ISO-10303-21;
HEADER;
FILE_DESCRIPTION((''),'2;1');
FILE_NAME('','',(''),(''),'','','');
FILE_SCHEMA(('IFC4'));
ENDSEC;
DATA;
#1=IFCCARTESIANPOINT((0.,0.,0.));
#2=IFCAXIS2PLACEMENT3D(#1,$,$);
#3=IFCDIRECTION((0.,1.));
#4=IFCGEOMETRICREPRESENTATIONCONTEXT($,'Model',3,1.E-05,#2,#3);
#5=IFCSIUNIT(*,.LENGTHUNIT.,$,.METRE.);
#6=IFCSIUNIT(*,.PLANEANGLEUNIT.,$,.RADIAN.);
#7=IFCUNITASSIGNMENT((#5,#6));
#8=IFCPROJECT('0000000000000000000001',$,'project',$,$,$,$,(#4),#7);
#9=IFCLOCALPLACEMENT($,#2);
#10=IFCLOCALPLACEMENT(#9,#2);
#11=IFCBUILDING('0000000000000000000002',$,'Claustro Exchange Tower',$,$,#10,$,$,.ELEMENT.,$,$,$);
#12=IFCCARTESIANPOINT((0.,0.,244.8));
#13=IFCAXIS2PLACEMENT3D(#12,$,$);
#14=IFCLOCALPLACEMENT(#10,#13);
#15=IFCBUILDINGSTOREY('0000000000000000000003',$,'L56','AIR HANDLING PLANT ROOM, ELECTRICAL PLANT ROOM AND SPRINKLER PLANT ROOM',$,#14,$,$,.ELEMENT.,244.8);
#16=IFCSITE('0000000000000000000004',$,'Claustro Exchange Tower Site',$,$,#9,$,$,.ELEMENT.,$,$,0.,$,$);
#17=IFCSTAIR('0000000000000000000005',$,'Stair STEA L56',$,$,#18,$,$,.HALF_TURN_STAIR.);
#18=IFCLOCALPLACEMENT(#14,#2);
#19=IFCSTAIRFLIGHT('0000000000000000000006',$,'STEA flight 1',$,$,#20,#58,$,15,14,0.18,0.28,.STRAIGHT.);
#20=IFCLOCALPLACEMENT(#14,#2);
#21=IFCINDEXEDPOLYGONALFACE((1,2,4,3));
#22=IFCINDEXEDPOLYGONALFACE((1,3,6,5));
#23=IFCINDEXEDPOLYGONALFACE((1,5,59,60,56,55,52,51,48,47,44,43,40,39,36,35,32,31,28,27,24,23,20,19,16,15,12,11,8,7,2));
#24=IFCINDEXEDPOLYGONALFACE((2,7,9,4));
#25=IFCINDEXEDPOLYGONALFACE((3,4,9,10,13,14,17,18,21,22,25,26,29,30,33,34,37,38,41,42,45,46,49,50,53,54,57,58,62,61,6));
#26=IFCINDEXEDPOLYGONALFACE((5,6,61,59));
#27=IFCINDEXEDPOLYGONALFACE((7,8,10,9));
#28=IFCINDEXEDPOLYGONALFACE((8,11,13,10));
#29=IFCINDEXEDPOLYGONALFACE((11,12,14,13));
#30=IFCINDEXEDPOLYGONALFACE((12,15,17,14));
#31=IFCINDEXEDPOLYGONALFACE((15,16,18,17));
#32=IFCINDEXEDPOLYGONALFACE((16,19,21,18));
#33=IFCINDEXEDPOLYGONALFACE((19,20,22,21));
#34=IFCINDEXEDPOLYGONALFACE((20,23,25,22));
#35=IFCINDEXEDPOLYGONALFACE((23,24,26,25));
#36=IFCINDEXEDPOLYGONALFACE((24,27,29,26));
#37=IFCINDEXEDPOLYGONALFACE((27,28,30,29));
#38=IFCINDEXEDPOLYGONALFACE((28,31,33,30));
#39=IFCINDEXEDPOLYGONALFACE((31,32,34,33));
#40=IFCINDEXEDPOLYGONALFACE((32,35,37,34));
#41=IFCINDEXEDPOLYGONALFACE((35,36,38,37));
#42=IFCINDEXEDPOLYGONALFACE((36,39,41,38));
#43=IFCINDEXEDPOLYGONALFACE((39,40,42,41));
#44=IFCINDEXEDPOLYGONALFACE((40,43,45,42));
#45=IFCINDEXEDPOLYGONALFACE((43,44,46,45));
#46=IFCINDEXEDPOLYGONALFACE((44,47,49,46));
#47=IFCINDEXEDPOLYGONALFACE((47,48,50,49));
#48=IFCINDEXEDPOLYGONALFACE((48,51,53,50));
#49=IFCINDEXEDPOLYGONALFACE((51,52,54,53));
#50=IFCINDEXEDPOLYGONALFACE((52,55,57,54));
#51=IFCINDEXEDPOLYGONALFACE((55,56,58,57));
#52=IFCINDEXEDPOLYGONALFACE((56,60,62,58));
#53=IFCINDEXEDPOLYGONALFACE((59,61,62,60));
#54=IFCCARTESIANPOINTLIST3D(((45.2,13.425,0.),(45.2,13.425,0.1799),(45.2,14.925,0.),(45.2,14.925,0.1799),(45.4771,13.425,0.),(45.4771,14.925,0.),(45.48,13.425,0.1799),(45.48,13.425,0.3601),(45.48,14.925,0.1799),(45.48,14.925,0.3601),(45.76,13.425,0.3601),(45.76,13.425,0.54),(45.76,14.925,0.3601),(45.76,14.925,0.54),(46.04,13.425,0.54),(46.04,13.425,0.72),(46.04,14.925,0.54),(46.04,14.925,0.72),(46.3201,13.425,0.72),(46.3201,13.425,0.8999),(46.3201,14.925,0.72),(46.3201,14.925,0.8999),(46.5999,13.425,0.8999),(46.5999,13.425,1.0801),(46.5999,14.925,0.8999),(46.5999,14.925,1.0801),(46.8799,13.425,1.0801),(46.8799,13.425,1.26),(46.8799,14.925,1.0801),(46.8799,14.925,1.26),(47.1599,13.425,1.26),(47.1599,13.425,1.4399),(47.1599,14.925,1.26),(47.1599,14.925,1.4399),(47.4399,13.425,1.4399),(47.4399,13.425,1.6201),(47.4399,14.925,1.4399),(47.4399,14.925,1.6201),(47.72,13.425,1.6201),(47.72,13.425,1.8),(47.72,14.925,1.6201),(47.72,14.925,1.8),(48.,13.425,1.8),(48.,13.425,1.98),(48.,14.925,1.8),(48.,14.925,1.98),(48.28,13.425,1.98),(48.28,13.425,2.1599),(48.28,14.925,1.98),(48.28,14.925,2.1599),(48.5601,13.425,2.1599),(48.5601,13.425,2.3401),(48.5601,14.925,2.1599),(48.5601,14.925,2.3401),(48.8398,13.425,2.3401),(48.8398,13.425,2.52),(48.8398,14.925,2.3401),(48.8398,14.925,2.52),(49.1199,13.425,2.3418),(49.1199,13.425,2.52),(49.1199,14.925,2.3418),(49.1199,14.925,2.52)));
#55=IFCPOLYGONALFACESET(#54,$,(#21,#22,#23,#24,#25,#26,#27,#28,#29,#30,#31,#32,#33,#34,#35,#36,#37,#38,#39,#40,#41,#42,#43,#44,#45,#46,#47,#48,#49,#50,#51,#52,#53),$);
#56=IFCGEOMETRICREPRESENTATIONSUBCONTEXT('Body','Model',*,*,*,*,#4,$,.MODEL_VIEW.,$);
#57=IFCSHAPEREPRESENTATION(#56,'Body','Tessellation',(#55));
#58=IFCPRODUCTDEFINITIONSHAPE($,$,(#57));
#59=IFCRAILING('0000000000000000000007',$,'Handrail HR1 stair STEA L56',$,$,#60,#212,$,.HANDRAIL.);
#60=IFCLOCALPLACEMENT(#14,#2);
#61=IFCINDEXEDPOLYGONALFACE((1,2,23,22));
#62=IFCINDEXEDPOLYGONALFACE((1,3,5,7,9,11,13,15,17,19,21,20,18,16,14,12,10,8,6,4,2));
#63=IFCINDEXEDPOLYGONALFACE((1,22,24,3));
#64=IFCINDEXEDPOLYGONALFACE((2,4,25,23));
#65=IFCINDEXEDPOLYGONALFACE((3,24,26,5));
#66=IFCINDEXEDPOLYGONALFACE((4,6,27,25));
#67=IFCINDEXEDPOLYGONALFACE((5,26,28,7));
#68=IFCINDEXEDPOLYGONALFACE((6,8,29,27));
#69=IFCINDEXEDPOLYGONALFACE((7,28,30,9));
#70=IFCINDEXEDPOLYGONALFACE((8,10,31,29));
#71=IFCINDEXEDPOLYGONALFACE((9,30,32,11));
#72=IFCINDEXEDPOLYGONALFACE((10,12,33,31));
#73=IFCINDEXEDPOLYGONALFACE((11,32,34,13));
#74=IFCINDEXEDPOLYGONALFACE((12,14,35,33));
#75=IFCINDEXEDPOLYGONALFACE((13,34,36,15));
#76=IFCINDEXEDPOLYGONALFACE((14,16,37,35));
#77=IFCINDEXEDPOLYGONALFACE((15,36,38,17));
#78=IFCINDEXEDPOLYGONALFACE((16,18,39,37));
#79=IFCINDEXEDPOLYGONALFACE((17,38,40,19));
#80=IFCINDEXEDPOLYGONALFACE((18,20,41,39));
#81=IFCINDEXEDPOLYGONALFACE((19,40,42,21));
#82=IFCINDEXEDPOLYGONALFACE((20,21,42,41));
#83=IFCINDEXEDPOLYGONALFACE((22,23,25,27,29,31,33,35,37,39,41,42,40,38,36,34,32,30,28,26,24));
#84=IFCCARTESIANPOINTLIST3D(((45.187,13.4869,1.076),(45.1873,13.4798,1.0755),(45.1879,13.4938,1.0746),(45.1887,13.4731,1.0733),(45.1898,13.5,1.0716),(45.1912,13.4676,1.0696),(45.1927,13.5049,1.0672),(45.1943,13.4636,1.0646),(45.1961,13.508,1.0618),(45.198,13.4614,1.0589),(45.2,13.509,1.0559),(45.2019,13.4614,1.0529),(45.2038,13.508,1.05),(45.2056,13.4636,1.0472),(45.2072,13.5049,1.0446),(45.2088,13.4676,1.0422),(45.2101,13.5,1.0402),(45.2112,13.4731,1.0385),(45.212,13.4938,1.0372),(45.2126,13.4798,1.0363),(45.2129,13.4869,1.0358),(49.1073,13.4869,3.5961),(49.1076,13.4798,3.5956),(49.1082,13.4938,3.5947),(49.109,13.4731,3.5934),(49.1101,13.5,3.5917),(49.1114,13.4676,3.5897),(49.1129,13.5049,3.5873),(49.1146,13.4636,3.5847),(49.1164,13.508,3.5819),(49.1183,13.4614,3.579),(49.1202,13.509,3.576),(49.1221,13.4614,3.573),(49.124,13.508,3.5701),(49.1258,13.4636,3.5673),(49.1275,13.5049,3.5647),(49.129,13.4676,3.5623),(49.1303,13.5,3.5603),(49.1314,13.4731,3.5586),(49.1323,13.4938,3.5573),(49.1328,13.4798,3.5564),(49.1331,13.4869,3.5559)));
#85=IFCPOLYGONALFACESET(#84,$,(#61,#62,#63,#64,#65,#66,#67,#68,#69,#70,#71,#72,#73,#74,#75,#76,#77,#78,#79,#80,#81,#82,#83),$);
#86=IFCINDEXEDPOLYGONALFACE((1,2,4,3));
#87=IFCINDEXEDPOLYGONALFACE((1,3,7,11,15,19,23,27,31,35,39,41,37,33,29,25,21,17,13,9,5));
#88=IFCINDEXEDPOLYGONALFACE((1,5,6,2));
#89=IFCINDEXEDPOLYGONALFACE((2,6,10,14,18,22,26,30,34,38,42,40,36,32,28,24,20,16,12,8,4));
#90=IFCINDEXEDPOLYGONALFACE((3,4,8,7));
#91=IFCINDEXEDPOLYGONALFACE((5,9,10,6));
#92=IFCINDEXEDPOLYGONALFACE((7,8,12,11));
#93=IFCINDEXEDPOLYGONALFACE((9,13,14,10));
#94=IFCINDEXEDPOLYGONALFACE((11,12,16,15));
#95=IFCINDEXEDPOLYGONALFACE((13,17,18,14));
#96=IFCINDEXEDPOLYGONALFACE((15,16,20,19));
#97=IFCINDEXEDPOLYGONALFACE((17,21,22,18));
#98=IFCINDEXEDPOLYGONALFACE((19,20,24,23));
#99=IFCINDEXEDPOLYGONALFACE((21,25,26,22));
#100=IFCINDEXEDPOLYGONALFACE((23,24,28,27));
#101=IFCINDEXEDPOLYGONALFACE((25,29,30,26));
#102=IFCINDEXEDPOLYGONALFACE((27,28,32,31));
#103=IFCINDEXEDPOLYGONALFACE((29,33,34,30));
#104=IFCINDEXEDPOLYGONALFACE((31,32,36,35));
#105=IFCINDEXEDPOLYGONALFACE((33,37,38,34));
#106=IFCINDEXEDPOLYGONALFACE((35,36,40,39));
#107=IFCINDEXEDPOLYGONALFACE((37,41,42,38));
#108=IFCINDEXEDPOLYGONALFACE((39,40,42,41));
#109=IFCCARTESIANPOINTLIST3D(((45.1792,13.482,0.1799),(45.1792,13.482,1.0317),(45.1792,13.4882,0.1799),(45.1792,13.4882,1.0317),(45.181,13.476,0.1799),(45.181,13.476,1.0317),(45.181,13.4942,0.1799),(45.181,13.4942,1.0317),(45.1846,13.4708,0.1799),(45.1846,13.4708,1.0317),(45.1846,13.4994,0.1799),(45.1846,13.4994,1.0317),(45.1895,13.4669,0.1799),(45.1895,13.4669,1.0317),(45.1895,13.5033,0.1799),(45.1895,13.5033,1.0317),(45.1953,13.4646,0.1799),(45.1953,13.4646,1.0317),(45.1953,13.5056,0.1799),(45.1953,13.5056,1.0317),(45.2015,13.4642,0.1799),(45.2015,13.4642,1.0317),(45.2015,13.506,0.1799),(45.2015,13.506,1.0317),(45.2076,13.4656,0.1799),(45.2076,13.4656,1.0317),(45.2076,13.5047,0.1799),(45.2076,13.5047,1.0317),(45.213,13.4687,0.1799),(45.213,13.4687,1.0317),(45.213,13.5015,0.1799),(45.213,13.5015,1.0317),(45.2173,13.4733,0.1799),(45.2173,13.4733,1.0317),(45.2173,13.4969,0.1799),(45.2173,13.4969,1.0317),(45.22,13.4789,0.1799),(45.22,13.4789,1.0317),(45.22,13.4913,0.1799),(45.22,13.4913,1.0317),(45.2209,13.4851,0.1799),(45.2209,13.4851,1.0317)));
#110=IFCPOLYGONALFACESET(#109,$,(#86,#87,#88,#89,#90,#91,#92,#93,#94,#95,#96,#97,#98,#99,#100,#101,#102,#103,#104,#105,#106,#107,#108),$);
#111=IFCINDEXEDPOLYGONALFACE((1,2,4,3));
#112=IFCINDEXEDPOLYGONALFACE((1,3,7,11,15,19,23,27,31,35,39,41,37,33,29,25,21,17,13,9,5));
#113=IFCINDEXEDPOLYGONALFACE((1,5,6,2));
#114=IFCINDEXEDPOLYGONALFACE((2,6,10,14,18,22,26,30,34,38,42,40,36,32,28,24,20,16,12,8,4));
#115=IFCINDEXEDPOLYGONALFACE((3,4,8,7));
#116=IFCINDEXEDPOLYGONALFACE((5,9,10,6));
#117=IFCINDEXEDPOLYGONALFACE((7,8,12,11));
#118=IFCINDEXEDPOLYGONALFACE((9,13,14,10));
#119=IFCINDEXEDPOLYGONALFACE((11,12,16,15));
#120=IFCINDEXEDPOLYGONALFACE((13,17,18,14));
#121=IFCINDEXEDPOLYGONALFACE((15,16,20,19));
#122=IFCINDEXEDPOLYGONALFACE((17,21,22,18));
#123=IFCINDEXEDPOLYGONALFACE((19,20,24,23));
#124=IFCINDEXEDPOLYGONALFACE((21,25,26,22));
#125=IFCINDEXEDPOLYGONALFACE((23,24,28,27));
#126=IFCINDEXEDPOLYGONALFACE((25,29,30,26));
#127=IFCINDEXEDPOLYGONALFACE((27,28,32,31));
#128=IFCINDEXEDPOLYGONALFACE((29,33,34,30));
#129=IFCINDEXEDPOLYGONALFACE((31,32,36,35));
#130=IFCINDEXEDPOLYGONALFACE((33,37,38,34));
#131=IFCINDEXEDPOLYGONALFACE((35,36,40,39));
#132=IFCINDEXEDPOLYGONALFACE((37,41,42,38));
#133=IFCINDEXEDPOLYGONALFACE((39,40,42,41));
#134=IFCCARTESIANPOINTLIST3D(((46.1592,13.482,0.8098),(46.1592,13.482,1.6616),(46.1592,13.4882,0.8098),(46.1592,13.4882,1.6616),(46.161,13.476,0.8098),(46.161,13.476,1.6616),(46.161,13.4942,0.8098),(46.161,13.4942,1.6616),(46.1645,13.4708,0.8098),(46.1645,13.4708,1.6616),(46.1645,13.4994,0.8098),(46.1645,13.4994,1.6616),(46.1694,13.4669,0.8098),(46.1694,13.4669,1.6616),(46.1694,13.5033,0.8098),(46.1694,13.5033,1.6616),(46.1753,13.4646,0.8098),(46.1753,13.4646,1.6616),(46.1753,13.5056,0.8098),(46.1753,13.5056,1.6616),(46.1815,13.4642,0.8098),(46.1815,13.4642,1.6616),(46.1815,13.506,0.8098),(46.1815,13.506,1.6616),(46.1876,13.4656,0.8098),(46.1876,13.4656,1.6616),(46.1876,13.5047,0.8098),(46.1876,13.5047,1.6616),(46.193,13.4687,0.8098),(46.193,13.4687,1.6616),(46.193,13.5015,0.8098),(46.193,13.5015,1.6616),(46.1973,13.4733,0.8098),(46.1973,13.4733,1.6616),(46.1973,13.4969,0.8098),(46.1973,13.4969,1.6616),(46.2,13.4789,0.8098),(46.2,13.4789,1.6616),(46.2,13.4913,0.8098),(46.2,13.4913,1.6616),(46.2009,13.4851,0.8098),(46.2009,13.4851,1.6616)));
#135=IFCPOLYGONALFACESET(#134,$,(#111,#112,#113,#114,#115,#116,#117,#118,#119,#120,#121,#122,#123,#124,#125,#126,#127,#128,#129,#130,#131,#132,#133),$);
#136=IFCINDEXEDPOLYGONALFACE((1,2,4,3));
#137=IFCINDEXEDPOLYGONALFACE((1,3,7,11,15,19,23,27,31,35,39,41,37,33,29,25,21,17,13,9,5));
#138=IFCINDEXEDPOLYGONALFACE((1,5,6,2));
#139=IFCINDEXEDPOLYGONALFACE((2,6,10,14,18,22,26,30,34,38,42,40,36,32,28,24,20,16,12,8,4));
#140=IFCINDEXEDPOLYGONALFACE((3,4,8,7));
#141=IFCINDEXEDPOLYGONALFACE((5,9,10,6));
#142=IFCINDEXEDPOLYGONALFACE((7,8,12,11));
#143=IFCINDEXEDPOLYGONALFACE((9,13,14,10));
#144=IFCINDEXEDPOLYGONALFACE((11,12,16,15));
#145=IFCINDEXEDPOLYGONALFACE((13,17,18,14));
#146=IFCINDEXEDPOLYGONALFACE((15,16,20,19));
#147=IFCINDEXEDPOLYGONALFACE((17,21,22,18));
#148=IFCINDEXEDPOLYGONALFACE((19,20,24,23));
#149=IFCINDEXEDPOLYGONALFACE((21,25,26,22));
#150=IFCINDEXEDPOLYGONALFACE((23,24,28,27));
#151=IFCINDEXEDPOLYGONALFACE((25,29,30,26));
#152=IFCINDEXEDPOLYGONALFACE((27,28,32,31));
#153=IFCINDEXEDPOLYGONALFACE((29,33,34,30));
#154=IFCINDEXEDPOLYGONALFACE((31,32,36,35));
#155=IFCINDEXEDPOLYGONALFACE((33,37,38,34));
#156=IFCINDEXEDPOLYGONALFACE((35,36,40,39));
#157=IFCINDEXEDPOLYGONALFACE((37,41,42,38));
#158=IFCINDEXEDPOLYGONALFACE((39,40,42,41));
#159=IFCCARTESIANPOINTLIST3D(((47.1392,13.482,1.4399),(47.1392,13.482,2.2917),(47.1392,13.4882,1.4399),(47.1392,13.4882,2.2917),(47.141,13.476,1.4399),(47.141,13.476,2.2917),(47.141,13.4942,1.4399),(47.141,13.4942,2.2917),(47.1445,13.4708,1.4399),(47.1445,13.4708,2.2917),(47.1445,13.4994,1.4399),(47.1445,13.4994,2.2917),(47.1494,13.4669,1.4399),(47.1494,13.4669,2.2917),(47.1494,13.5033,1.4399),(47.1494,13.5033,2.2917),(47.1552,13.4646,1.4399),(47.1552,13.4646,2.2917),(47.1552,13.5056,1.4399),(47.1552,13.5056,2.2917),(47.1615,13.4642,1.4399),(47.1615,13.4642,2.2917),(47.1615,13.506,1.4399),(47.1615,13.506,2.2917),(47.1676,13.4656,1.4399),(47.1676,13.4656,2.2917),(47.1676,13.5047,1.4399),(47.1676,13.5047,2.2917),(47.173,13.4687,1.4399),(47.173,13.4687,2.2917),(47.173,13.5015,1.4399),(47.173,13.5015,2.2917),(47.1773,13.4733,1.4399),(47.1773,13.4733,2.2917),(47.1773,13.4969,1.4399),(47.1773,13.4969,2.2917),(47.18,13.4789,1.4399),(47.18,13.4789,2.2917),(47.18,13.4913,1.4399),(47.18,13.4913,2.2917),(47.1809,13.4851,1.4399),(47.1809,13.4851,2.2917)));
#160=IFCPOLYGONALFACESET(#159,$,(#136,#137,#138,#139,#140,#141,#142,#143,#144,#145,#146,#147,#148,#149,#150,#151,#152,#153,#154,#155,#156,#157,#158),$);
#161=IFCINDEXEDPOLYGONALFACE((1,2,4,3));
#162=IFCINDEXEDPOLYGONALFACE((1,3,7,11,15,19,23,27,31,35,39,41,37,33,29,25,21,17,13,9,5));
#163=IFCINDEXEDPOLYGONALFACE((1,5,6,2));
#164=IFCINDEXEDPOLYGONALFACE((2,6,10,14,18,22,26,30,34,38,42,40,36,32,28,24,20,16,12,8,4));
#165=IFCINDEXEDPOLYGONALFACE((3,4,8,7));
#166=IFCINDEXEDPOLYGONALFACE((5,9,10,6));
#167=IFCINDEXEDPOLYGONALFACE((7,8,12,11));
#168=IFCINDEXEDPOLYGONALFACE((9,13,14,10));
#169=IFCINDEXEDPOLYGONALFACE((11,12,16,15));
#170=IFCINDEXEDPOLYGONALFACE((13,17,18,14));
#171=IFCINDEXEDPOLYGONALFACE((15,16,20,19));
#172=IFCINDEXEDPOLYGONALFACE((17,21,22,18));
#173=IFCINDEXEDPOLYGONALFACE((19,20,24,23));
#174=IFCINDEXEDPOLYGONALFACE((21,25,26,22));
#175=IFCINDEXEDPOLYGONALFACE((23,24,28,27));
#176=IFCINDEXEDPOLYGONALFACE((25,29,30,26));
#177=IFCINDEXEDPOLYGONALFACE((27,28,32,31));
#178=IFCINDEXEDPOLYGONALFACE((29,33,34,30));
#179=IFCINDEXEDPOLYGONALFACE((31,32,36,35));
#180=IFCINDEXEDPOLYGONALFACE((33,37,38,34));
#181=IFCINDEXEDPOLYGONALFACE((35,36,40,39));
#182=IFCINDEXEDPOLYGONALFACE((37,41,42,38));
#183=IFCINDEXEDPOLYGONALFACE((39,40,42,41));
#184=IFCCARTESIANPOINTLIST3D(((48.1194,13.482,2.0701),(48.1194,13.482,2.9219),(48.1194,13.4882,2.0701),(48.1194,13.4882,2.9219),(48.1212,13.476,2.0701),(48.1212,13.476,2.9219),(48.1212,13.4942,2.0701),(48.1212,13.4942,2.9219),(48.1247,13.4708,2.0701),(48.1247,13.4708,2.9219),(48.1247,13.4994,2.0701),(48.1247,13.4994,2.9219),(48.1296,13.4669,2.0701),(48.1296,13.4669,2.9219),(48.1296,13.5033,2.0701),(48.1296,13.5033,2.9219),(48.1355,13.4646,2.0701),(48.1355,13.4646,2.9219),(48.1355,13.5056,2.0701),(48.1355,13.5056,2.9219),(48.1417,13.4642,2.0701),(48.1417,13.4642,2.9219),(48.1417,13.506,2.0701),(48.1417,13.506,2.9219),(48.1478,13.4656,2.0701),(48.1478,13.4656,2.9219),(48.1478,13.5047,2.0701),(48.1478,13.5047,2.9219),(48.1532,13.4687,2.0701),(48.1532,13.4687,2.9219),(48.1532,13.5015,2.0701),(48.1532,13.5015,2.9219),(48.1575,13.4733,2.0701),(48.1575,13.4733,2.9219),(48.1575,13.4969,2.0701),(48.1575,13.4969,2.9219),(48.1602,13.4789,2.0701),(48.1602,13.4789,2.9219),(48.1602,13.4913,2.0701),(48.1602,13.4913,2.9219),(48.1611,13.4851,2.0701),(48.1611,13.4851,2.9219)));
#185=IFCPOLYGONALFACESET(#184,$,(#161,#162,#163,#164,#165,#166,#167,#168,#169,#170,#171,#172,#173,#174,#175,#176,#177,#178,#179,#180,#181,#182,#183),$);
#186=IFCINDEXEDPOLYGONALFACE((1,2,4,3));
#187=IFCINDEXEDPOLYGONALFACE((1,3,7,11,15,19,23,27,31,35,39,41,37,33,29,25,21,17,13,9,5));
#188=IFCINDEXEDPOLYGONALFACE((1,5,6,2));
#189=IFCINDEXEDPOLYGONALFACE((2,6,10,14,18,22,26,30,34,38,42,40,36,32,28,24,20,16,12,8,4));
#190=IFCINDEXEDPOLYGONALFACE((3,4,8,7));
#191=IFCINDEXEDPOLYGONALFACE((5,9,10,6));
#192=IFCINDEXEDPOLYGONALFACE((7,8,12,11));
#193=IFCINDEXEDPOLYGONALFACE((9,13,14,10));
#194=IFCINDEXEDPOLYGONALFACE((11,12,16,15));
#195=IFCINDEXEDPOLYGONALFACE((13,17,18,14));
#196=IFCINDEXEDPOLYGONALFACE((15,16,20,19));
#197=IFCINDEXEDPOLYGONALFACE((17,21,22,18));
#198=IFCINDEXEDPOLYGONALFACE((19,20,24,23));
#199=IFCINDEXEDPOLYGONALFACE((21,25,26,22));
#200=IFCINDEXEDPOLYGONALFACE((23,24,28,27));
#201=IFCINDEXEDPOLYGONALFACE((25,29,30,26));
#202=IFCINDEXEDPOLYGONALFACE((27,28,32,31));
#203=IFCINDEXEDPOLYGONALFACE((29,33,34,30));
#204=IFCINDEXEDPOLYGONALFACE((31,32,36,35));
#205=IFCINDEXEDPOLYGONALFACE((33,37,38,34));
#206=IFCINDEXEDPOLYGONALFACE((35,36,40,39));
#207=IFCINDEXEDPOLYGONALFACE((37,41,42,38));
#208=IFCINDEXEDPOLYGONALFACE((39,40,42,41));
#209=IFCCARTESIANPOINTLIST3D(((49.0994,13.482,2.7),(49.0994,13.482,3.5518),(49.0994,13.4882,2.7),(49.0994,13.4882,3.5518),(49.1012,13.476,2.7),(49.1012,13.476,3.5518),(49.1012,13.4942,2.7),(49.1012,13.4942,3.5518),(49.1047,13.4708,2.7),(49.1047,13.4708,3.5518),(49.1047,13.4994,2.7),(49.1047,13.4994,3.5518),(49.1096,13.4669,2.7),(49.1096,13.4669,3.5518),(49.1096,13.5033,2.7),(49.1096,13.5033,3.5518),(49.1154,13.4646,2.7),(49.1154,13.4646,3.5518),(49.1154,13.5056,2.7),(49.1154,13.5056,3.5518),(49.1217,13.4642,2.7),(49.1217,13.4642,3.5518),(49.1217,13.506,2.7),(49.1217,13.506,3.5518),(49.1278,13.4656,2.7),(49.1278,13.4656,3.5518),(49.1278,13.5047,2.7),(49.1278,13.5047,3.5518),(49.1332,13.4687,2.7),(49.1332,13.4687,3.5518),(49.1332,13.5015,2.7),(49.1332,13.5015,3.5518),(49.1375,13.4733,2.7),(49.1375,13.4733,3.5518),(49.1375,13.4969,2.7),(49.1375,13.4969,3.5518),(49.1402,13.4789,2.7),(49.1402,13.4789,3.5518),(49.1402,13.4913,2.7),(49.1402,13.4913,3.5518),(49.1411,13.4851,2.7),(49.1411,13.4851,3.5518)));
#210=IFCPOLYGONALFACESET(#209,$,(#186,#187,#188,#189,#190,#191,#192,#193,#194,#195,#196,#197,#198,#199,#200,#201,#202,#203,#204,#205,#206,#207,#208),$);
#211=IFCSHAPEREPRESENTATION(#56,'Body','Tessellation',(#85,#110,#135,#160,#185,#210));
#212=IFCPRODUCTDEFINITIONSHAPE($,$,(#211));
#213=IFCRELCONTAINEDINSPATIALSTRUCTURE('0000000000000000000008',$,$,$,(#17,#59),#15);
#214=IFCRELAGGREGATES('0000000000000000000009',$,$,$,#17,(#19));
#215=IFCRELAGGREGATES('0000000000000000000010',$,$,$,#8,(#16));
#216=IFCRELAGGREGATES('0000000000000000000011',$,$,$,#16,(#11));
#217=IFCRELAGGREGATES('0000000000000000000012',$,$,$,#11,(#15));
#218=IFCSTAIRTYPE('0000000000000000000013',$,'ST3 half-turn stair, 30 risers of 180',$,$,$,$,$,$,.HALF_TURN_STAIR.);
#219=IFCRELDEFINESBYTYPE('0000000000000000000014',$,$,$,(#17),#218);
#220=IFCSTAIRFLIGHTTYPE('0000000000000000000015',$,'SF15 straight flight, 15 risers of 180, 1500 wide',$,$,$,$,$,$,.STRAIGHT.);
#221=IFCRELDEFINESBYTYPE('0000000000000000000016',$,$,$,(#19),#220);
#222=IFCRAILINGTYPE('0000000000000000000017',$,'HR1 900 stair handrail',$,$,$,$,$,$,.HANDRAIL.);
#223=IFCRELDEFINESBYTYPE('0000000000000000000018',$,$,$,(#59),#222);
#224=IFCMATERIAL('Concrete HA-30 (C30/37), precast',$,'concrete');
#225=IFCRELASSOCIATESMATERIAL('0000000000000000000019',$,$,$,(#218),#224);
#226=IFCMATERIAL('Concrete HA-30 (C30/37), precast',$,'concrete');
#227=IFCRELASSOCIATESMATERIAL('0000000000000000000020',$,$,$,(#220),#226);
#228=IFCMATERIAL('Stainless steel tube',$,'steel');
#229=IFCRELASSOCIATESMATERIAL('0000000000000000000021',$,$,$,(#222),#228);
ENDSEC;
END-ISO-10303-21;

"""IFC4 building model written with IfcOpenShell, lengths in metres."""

from ifc_helpers import new_model, si_unit, direction, frame, origin, origin_2d, place, context, subcontext, project, spatial, polyline, circle, outline, extrude, material, type_object, element, aggregate, save


model = new_model("IFC4")

# Units and contexts
model_context = context("Model", 3, precision=1e-05, world=origin(), true_north=direction((0.0, 1.0)))
body_context = subcontext(model_context, "Body", "Model", "MODEL_VIEW")
ifc_project = project(units=[si_unit("LENGTHUNIT", "METRE"), si_unit("PLANEANGLEUNIT", "RADIAN")], contexts=[model_context])

# Site, building, storey
site_placement = place(None, origin())
site = spatial("IfcSite", under=ifc_project, at=site_placement, Name="Claustro Exchange Tower Site", CompositionType="ELEMENT", RefElevation=0.0)
building_placement = place(site_placement, origin())
building = spatial("IfcBuilding", under=site, at=building_placement, Name="Claustro Exchange Tower", CompositionType="ELEMENT")
storey_placement = place(building_placement, frame((0.0, 0.0, 244.8)))
storey = spatial("IfcBuildingStorey", under=building, at=storey_placement, Name="L56", Description="AIR HANDLING PLANT ROOM, ELECTRICAL PLANT ROOM AND SPRINKLER PLANT ROOM", CompositionType="ELEMENT", Elevation=244.8)

# Stair, stair flight
ifc_material_1 = material(Name="Concrete HA-30 (C30/37), precast", Category="concrete")
stair_type = type_object("IfcStairType", Name="ST3 half-turn stair, 30 risers of 180", PredefinedType="HALF_TURN_STAIR", material=ifc_material_1)
stair_placement = place(storey_placement, origin())
stair = element("IfcStair", 1, at=stair_placement, inside=storey, type_object=stair_type, Name="Stair STEA L56", PredefinedType="HALF_TURN_STAIR")
ifc_material_2 = material(Name="Concrete HA-30 (C30/37), precast", Category="concrete")
stair_flight_type = type_object("IfcStairFlightType", Name="SF15 straight flight, 15 risers of 180, 1500 wide", PredefinedType="STRAIGHT", material=ifc_material_2)
stair_flight_placement = place(storey_placement, frame((45.2, 14.175, 0.0), z_axis=(0.0, 0.0, 1.0), x_axis=(1.0, 0.0, 0.0)))
stair_flight = element("IfcStairFlight", 2, at=stair_flight_placement, type_object=stair_flight_type, Name="STEA flight 1", NumberOfRisers=15, NumberOfTreads=14, PredefinedType="STRAIGHT", RiserHeight=0.18, TreadLength=0.28, context=body_context, shape_type="SweptSolid", body=[
    extrude(outline(polyline([(0.0, 0.0), (0.0, 0.1799), (0.28, 0.1799), (0.28, 0.3601), (0.5601, 0.3601), (0.5601, 0.54), (0.8401, 0.54), (0.8401, 0.72), (1.1201, 0.72), (1.1201, 0.8999), (1.3999, 0.8999), (1.3999, 1.0801), (1.6799, 1.0801), (1.6799, 1.26), (1.96, 1.26), (1.96, 1.4399), (2.24, 1.4399), (2.24, 1.6201), (2.52, 1.6201), (2.52, 1.8), (2.8, 1.8), (2.8, 1.98), (3.0801, 1.98), (3.0801, 2.1599), (3.3601, 2.1599), (3.3601, 2.3401), (3.6399, 2.3401), (3.6399, 2.52), (3.9199, 2.52), (3.9199, 2.7), (3.9199, 2.3418), (0.2771, 0.0), (0.0, 0.0)])), frame((0.0, 0.75, 0.0), z_axis=(0.0, -1.0, 0.0), x_axis=(1.0, 0.0, 0.0)), (0.0, 0.0, 1.0), 1.5),
])
aggregate(stair, [stair_flight])

# Railing
ifc_material_3 = material(Name="Stainless steel tube", Category="steel")
railing_type = type_object("IfcRailingType", Name="HR1 900 stair handrail", PredefinedType="HANDRAIL", material=ifc_material_3)
railing_placement = place(storey_placement, frame((45.2, 13.4851, 0.1799)))
element("IfcRailing", 3, at=railing_placement, inside=storey, type_object=railing_type, Name="Handrail HR1 stair STEA L56", PredefinedType="HANDRAIL", context=body_context, shape_type="SweptSolid", body=[
    extrude(circle(Radius=0.0239, at=origin_2d()), frame((0.0, 0.0, 0.876), z_axis=(0.841187, 0.0, 0.540744), x_axis=(0.0, 1.0, 0.0)), (0.0, 0.0, 1.0), 4.6604),
    extrude(circle(Radius=0.021, at=origin_2d()), origin(), (0.0, 0.0, 1.0), 0.8518),
    extrude(circle(Radius=0.021, at=origin_2d()), frame((0.98, 0.0, 0.6299)), (0.0, 0.0, 1.0), 0.8518),
    extrude(circle(Radius=0.021, at=origin_2d()), frame((1.96, 0.0, 1.26)), (0.0, 0.0, 1.0), 0.8518),
    extrude(circle(Radius=0.021, at=origin_2d()), frame((2.9402, 0.0, 1.8901)), (0.0, 0.0, 1.0), 0.8518),
    extrude(circle(Radius=0.021, at=origin_2d()), frame((3.9202, 0.0, 2.52)), (0.0, 0.0, 1.0), 0.8518),
])

save(model, "model.ifc")
